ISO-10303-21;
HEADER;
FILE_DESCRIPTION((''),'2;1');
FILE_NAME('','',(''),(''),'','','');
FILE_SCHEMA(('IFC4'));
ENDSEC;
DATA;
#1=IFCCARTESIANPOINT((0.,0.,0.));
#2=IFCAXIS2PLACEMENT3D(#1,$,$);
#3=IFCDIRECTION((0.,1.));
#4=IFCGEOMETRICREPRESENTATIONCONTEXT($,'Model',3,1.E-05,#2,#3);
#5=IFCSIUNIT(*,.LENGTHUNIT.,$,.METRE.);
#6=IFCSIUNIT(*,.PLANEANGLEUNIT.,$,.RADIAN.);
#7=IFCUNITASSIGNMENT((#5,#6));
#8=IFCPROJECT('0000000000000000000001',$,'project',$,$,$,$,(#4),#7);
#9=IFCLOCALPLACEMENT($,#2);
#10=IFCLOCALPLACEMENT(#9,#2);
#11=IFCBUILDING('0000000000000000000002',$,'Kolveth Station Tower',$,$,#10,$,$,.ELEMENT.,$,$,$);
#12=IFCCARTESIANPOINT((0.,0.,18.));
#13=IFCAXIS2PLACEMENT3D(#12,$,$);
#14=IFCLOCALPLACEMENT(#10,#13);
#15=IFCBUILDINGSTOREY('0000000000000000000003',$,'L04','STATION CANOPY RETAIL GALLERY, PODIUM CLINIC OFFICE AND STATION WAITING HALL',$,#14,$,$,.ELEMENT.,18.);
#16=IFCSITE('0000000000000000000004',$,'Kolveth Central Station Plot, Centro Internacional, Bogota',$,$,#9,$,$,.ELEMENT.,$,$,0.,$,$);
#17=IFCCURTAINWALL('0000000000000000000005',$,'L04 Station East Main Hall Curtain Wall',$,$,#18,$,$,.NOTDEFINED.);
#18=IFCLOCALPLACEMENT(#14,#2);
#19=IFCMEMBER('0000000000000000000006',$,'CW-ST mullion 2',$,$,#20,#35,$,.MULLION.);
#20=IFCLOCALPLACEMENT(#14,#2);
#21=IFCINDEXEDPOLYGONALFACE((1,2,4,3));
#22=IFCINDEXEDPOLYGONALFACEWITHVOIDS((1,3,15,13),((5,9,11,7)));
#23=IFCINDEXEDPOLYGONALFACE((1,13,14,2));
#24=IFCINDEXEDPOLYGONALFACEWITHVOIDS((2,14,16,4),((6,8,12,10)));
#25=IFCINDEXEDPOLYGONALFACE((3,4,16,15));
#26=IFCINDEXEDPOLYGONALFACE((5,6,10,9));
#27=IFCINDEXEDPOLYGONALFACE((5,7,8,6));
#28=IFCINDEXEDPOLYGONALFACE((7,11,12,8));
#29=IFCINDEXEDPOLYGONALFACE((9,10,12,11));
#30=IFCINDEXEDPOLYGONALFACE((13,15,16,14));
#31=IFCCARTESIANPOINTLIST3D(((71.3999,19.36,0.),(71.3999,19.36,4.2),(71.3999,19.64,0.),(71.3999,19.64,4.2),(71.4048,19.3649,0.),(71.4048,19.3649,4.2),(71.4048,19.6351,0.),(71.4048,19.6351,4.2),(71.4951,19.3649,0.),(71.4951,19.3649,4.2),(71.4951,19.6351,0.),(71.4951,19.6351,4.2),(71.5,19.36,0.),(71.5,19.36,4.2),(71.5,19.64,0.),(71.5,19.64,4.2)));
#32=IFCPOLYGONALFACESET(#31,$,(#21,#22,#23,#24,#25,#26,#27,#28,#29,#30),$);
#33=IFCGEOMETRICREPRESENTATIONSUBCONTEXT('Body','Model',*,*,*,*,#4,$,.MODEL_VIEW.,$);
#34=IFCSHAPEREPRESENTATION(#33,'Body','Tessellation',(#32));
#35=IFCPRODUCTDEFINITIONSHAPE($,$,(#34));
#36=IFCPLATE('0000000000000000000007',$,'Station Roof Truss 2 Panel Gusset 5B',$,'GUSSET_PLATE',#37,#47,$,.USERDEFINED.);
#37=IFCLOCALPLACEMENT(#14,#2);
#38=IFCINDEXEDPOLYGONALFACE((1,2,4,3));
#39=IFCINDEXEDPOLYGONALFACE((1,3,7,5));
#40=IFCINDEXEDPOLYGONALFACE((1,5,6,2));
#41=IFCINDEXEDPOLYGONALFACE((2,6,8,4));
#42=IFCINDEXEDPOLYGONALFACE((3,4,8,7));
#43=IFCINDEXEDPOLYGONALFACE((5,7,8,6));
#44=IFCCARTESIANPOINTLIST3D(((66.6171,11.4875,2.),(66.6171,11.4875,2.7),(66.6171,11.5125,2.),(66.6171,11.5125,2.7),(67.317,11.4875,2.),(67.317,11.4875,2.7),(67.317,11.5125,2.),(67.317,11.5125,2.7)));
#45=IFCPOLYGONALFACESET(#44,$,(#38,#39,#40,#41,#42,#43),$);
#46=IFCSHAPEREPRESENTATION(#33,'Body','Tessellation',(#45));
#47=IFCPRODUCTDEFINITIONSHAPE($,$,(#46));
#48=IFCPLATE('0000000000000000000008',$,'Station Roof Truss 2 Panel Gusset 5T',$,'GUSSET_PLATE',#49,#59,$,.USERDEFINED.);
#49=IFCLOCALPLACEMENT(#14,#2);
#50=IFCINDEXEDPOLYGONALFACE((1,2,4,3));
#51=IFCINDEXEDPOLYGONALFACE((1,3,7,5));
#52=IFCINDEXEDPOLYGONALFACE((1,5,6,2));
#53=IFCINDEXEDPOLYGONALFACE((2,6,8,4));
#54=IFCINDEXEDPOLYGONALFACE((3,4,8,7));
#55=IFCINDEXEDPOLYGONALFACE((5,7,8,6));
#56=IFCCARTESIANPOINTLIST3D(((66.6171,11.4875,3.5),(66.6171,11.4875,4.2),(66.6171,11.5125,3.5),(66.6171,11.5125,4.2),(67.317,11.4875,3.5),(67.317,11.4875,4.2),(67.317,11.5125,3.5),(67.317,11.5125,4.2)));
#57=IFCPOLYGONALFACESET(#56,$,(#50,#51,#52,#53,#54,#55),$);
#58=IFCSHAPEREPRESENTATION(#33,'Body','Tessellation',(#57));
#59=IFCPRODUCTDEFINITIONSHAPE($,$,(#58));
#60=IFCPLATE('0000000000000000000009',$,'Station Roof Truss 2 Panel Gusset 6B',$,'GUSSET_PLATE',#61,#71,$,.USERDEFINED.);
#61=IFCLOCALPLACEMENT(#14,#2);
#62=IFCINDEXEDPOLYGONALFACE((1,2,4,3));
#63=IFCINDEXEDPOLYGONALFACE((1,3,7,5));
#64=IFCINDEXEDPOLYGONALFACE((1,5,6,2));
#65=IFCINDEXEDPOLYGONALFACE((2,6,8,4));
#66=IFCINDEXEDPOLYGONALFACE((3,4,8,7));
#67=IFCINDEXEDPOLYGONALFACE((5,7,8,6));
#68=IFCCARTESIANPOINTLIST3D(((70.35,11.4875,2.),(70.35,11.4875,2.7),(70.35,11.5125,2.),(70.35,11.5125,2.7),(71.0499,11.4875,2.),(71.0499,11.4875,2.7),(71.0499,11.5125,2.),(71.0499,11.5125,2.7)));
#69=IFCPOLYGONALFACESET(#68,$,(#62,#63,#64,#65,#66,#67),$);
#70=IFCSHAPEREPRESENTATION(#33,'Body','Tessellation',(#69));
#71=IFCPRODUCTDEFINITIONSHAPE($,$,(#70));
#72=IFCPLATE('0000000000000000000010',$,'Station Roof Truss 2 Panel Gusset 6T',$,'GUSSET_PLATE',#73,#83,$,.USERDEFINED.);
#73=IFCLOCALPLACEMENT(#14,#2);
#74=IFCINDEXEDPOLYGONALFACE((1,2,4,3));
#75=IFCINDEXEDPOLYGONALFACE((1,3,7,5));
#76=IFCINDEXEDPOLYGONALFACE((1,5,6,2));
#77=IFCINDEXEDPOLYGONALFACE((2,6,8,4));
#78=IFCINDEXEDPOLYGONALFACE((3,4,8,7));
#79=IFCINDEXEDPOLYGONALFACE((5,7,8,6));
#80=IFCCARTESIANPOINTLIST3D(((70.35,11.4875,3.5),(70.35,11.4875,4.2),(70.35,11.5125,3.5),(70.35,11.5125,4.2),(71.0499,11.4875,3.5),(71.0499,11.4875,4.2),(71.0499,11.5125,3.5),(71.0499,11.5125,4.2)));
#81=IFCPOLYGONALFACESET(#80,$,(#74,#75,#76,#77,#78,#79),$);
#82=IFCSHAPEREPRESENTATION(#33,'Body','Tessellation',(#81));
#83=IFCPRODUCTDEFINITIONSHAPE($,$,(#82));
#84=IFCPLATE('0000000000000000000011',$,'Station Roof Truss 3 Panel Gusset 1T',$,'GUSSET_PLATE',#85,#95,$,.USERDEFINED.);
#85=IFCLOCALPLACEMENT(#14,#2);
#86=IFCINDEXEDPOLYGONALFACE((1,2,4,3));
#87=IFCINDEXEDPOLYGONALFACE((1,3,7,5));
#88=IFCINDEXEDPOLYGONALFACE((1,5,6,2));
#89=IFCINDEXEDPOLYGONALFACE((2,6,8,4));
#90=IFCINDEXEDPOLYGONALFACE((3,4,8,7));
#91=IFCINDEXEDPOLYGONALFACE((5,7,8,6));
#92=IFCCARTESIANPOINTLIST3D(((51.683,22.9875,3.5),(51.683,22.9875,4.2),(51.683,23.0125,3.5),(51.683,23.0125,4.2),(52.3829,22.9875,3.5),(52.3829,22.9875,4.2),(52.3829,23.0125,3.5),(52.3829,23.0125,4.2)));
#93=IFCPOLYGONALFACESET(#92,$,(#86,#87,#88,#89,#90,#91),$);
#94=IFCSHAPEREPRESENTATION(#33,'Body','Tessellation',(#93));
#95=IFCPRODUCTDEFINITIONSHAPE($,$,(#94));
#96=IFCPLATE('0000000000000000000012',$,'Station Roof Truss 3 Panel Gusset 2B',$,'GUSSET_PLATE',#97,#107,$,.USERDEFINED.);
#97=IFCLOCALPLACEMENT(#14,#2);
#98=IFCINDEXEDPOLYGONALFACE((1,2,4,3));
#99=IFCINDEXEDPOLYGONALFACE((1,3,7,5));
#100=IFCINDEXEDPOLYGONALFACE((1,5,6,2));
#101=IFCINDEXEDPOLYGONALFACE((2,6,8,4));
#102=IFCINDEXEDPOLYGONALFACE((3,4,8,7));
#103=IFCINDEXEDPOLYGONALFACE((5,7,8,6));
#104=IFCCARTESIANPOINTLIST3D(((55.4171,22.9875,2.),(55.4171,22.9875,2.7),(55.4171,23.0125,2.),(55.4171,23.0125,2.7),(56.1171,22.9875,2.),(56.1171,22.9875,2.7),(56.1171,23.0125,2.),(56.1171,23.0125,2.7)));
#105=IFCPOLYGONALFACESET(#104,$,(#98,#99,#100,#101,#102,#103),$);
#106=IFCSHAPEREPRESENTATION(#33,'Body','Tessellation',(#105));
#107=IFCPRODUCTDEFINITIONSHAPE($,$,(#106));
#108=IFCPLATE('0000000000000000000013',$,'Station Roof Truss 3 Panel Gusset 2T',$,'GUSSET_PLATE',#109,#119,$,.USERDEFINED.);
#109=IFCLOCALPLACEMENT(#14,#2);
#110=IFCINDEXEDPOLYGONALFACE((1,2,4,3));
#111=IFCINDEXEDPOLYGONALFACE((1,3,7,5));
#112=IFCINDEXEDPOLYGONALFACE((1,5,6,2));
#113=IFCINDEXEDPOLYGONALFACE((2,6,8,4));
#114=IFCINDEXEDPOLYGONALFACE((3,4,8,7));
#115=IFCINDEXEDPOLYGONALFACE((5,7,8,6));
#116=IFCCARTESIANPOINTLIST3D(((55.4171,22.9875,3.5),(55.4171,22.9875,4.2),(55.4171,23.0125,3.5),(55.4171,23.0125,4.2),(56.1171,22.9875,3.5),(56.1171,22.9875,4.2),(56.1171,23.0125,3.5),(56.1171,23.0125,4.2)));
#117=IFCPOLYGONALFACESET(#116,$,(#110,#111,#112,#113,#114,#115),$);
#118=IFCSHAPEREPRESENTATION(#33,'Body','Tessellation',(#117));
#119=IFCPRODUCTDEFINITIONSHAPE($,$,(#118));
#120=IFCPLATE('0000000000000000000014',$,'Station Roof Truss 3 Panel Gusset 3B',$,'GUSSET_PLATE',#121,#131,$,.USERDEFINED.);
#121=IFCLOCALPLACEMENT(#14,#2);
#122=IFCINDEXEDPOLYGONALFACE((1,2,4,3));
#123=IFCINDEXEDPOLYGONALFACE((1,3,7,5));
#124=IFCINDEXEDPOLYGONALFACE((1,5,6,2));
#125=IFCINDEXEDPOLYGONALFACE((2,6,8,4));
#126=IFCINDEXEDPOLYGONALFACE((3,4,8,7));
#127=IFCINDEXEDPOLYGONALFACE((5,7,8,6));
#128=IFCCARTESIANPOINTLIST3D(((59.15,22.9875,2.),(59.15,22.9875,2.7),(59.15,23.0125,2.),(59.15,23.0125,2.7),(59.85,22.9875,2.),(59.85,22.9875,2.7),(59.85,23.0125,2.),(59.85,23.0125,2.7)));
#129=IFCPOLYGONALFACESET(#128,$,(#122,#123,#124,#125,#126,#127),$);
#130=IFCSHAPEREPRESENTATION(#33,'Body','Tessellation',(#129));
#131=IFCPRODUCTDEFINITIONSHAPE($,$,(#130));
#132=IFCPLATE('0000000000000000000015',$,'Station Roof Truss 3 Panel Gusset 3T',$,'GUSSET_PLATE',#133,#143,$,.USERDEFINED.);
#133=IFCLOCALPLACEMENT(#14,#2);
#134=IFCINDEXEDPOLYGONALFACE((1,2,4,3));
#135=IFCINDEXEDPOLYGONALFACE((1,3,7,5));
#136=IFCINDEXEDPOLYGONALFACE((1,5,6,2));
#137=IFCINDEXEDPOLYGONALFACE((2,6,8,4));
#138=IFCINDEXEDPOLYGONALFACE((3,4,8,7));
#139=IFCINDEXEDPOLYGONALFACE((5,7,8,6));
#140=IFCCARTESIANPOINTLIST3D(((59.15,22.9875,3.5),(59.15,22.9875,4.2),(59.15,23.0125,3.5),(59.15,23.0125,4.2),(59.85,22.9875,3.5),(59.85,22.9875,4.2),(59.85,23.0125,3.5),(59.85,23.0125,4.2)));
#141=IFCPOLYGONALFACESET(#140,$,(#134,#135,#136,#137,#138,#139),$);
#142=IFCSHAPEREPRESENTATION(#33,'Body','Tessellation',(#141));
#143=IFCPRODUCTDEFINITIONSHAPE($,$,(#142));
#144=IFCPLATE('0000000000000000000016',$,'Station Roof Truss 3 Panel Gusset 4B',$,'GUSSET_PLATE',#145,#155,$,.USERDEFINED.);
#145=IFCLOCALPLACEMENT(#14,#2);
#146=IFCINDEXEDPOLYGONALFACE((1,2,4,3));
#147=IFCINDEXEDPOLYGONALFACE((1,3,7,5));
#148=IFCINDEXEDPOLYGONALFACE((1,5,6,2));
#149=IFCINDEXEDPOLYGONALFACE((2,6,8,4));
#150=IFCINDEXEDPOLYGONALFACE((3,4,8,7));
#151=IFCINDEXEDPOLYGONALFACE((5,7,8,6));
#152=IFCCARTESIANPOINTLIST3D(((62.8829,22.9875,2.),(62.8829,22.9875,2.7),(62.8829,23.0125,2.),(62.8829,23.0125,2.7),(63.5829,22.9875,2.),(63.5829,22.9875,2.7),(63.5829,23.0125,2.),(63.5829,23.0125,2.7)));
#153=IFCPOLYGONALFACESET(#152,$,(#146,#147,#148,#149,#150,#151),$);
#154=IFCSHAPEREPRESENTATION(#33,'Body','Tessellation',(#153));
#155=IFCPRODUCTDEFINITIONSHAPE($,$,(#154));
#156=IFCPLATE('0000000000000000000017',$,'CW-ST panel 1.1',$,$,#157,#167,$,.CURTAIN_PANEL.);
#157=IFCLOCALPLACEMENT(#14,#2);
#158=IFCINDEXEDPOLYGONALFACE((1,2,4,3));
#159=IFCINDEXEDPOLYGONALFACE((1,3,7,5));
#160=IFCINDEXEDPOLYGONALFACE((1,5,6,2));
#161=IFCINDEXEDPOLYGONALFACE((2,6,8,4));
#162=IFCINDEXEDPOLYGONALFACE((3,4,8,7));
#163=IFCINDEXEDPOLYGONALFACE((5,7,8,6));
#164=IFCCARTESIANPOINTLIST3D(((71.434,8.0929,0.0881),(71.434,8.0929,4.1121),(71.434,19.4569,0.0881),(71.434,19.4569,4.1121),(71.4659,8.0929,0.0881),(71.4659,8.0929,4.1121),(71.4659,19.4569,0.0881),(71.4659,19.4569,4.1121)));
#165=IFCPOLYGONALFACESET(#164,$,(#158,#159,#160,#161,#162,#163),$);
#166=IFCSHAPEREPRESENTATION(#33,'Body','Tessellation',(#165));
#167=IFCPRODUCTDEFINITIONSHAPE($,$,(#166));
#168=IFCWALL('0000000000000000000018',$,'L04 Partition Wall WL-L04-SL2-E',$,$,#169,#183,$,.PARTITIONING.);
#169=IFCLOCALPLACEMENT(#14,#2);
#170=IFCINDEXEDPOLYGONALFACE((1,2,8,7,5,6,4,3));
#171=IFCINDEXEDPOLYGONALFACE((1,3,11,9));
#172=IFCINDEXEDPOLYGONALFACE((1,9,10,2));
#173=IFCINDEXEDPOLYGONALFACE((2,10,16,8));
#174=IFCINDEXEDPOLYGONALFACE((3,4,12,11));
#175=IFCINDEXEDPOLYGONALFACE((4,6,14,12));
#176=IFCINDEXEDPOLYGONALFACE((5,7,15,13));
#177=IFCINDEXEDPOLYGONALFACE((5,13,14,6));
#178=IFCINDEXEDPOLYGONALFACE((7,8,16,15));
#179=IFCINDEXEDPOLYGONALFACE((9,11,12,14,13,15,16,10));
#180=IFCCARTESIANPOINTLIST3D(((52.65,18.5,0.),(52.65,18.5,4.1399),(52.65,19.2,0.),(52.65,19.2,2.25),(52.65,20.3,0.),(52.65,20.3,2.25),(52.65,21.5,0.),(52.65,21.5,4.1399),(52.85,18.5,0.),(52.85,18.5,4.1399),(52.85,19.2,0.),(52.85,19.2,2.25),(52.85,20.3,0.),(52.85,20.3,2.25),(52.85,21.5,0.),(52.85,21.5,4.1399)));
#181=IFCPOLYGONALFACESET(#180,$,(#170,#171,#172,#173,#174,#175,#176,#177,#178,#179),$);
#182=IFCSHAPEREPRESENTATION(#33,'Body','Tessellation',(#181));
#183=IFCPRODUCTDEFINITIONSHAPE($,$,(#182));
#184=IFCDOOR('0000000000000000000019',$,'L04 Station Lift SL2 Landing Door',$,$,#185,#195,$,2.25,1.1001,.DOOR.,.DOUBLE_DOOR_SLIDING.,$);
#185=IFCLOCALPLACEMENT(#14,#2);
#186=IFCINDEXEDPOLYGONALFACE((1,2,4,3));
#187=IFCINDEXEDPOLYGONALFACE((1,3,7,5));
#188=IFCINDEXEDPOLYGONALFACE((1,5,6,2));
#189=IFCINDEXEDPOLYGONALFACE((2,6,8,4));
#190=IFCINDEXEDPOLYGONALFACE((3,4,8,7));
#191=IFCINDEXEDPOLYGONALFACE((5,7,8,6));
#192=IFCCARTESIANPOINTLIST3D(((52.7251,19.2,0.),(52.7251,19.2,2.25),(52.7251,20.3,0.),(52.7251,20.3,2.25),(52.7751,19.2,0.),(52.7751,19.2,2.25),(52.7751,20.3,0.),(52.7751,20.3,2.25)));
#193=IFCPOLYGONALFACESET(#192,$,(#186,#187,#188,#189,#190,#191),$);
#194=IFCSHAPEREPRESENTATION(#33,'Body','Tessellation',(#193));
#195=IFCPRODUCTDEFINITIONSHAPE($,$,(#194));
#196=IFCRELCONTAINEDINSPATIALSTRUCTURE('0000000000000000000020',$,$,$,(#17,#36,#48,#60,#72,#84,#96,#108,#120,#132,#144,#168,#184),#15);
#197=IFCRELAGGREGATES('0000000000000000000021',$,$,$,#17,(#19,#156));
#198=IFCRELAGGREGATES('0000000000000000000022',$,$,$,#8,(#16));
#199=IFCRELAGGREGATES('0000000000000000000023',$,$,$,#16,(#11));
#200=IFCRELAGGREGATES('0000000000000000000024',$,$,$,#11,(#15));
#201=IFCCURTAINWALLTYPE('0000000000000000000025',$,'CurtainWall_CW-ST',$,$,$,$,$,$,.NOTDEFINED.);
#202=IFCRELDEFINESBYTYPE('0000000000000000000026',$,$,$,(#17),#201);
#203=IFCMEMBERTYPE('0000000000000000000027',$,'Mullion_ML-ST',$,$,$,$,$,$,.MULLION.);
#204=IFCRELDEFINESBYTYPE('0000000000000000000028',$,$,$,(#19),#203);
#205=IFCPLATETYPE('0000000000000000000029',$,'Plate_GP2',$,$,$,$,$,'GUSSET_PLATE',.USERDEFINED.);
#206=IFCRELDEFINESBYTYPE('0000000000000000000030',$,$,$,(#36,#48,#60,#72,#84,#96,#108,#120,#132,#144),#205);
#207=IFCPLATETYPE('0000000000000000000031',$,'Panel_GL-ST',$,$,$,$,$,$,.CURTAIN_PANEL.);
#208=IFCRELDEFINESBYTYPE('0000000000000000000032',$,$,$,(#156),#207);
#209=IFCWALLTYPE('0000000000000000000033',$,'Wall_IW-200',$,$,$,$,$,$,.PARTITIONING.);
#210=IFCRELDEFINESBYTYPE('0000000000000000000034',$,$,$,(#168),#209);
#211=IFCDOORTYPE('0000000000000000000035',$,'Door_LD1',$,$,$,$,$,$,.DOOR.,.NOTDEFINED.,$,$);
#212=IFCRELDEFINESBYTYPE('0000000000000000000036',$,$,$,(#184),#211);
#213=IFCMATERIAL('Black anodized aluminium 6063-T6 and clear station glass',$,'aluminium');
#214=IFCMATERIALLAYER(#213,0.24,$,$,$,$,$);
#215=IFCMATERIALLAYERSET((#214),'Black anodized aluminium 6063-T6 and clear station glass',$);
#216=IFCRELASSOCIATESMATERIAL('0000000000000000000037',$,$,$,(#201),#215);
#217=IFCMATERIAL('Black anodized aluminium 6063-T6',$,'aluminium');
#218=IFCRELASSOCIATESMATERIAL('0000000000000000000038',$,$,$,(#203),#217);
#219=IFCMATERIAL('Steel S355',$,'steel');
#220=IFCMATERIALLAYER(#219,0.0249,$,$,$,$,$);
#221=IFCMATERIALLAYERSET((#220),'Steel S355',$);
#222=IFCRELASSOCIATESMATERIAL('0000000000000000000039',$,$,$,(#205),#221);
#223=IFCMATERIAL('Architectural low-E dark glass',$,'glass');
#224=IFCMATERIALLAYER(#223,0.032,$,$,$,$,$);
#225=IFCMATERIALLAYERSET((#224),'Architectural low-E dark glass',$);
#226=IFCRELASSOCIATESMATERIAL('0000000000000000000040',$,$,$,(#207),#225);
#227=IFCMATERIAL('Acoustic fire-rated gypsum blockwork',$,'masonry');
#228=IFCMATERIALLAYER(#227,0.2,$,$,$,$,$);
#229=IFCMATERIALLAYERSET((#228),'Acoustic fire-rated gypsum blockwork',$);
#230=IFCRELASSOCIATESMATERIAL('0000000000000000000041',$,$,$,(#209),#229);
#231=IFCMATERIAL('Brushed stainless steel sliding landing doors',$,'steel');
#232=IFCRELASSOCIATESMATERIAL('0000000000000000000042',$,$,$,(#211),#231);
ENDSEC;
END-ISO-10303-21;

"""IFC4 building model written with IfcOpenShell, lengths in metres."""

from ifc_helpers import new_model, si_unit, direction, frame, frame_2d, origin, origin_2d, place, context, subcontext, project, spatial, rectangle, hollow_rectangle, extrude, source, transform, mapped, material, layer, layer_set, material_profile, profile_set, type_object, element, fill, aggregate, save


model = new_model("IFC4")

# Units and contexts
model_context = context("Model", 3, precision=1e-05, world=origin(), true_north=direction((0.0, 1.0)))
body_context = subcontext(model_context, "Body", "Model", "MODEL_VIEW")
ifc_project = project(units=[si_unit("LENGTHUNIT", "METRE"), si_unit("PLANEANGLEUNIT", "RADIAN")], contexts=[model_context])

# Site, building, storey
site_placement = place(None, origin())
site = spatial("IfcSite", under=ifc_project, at=site_placement, Name="Kolveth Central Station Plot, Centro Internacional, Bogota", CompositionType="ELEMENT", RefElevation=0.0)
building_placement = place(site_placement, origin())
building = spatial("IfcBuilding", under=site, at=building_placement, Name="Kolveth Station Tower", CompositionType="ELEMENT")
storey_placement = place(building_placement, frame((0.0, 0.0, 18.0)))
storey = spatial("IfcBuildingStorey", under=building, at=storey_placement, Name="L04", Description="STATION CANOPY RETAIL GALLERY, PODIUM CLINIC OFFICE AND STATION WAITING HALL", CompositionType="ELEMENT", Elevation=18.0)

# Shared definitions
ifc_material_1 = material(Name="Steel S355", Category="steel")

# Curtain wall, member
ifc_material_2 = material(Name="Black anodized aluminium 6063-T6 and clear station glass", Category="aluminium")
ifc_layer_1 = layer(ifc_material_2, 0.24)
ifc_layer_set_1 = layer_set([ifc_layer_1], Name="Black anodized aluminium 6063-T6 and clear station glass")
curtain_wall_type = type_object("IfcCurtainWallType", Name="CurtainWall_CW-ST", PredefinedType="NOTDEFINED", material=ifc_layer_set_1)
curtain_wall_placement = place(storey_placement, origin())
curtain_wall = element("IfcCurtainWall", 1, at=curtain_wall_placement, inside=storey, type_object=curtain_wall_type, Name="L04 Station East Main Hall Curtain Wall", PredefinedType="NOTDEFINED")
ifc_material_3 = material(Name="Black anodized aluminium 6063-T6", Category="aluminium")
ifc_material_profile_1 = material_profile(ifc_material_3, hollow_rectangle(XDim=0.1001, YDim=0.28, WallThickness=0.0049, at=origin_2d()), Name="ALU-100x280x5")
ifc_profile_set_1 = profile_set([ifc_material_profile_1], Name="Black anodized aluminium 6063-T6")
member_type_1 = type_object("IfcMemberType", Name="Mullion_ML-ST", PredefinedType="MULLION", material=ifc_profile_set_1)
shared_shape_1 = source(origin(), body_context, "Body", "SweptSolid", [
    extrude(hollow_rectangle(XDim=0.1001, YDim=0.28, WallThickness=0.0049, at=origin_2d()), origin(), (0.0, 0.0, 1.0), 4.2),
])
member_1_placement = place(storey_placement, frame((71.45, 19.5, 0.0), z_axis=(0.0, 0.0, 1.0), x_axis=(-1.0, 0.0, 0.0)))
member_1 = element("IfcMember", 2, at=member_1_placement, type_object=member_type_1, Name="CW-ST mullion 2", PredefinedType="MULLION", context=body_context, shape_type="MappedRepresentation", body=[
    mapped(shared_shape_1, transform((0.0, 0.0, 0.0), x_axis=(1.0, 0.0, 0.0), y_axis=(0.0, 1.0, 0.0), z_axis=(0.0, 0.0, 1.0), scale=1.0)),
])

# Plates
ifc_layer_2 = layer(ifc_material_1, 0.0249)
ifc_layer_set_2 = layer_set([ifc_layer_2], Name="Steel S355")
plate_type_1 = type_object("IfcPlateType", Name="Plate_GP2", ElementType="GUSSET_PLATE", PredefinedType="USERDEFINED", material=ifc_layer_set_2)
shared_shape_2 = source(origin(), body_context, "Body", "SweptSolid", [
    extrude(rectangle(XDim=0.7, YDim=0.0249, at=origin_2d()), origin(), (0.0, 0.0, 1.0), 0.7),
])
for number, where, z_axis, x_axis, name in (
    (3, (66.967, 11.5, 2.0), (0.0, 0.0, 1.0), (1.0, 0.0, 0.0), "Station Roof Truss 2 Panel Gusset 5B"),
    (4, (66.967, 11.5, 3.5), (0.0, 0.0, 1.0), (1.0, 0.0, 0.0), "Station Roof Truss 2 Panel Gusset 5T"),
    (5, (70.7, 11.5, 2.0), (0.0, 0.0, 1.0), (1.0, 0.0, 0.0), "Station Roof Truss 2 Panel Gusset 6B"),
    (6, (70.7, 11.5, 3.5), (0.0, 0.0, 1.0), (1.0, 0.0, 0.0), "Station Roof Truss 2 Panel Gusset 6T"),
    (7, (52.033, 23.0, 3.5), (0.0, 0.0, 1.0), (1.0, 0.0, 0.0), "Station Roof Truss 3 Panel Gusset 1T"),
    (8, (55.7671, 23.0, 2.0), (0.0, 0.0, 1.0), (1.0, 0.0, 0.0), "Station Roof Truss 3 Panel Gusset 2B"),
    (9, (55.7671, 23.0, 3.5), (0.0, 0.0, 1.0), (1.0, 0.0, 0.0), "Station Roof Truss 3 Panel Gusset 2T"),
    (10, (59.5, 23.0, 2.0), (0.0, 0.0, 1.0), (1.0, 0.0, 0.0), "Station Roof Truss 3 Panel Gusset 3B"),
    (11, (59.5, 23.0, 3.5), (0.0, 0.0, 1.0), (1.0, 0.0, 0.0), "Station Roof Truss 3 Panel Gusset 3T"),
    (12, (63.2329, 23.0, 2.0), (0.0, 0.0, 1.0), (1.0, 0.0, 0.0), "Station Roof Truss 3 Panel Gusset 4B"),
):
    element("IfcPlate", number, at=place(storey_placement, frame(where, z_axis=z_axis, x_axis=x_axis)), inside=storey, type_object=plate_type_1, Name=name, ObjectType="GUSSET_PLATE", PredefinedType="USERDEFINED", context=body_context, shape_type="MappedRepresentation", body=[
        mapped(shared_shape_2, transform((0.0, 0.0, 0.0), x_axis=(1.0, 0.0, 0.0), y_axis=(0.0, 1.0, 0.0), z_axis=(0.0, 0.0, 1.0), scale=1.0)),
    ])

# Plate
ifc_material_4 = material(Name="Architectural low-E dark glass", Category="glass")
ifc_layer_3 = layer(ifc_material_4, 0.032)
ifc_layer_set_3 = layer_set([ifc_layer_3], Name="Architectural low-E dark glass")
plate_type_2 = type_object("IfcPlateType", Name="Panel_GL-ST", PredefinedType="CURTAIN_PANEL", material=ifc_layer_set_3)
shared_shape_3 = source(origin(), body_context, "Body", "SweptSolid", [
    extrude(rectangle(XDim=11.364, YDim=0.032, at=origin_2d()), origin(), (0.0, 0.0, 1.0), 4.0239),
])
plate_placement = place(storey_placement, frame((71.45, 13.7749, 0.0881), z_axis=(0.0, 0.0, 1.0), x_axis=(0.0, 1.0, 0.0)))
plate = element("IfcPlate", 13, at=plate_placement, type_object=plate_type_2, Name="CW-ST panel 1.1", PredefinedType="CURTAIN_PANEL", context=body_context, shape_type="MappedRepresentation", body=[
    mapped(shared_shape_3, transform((0.0, 0.0, 0.0), x_axis=(1.0, 0.0, 0.0), y_axis=(0.0, 1.0, 0.0), z_axis=(0.0, 0.0, 1.0), scale=1.0)),
])
aggregate(curtain_wall, [member_1, plate])

# Wall, opening, door
ifc_material_5 = material(Name="Acoustic fire-rated gypsum blockwork", Category="masonry")
ifc_layer_4 = layer(ifc_material_5, 0.2)
ifc_layer_set_4 = layer_set([ifc_layer_4], Name="Acoustic fire-rated gypsum blockwork")
wall_type = type_object("IfcWallType", Name="Wall_IW-200", PredefinedType="PARTITIONING", material=ifc_layer_set_4)
wall_placement = place(storey_placement, frame((52.75, 18.5, 0.0), z_axis=(0.0, 0.0, 1.0), x_axis=(0.0, 1.0, 0.0)))
wall = element("IfcWall", 14, at=wall_placement, inside=storey, type_object=wall_type, Name="L04 Partition Wall WL-L04-SL2-E", PredefinedType="PARTITIONING", context=body_context, shape_type="SweptSolid", body=[
    extrude(rectangle(XDim=3.0, YDim=0.2, at=frame_2d((1.5, 0.0))), origin(), (0.0, 0.0, 1.0), 4.1399),
])
opening_placement = place(wall_placement, frame((0.7, 0.0, 0.0)))
opening = element("IfcOpeningElement", 15, at=opening_placement, cuts=wall, PredefinedType="OPENING", context=body_context, shape_type="SweptSolid", body=[
    extrude(rectangle(XDim=1.1001, YDim=2.25, at=frame_2d((0.55, 1.125))), frame((0.0, 0.1099, 0.0), z_axis=(0.0, -1.0, 0.0), x_axis=(1.0, 0.0, 0.0)), (0.0, 0.0, 1.0), 0.22),
])
ifc_material_6 = material(Name="Brushed stainless steel sliding landing doors", Category="steel")
door_type = type_object("IfcDoorType", Name="Door_LD1", OperationType="NOTDEFINED", PredefinedType="DOOR", material=ifc_material_6)
door_placement = place(opening_placement, origin())
door = element("IfcDoor", 16, at=door_placement, inside=storey, type_object=door_type, Name="L04 Station Lift SL2 Landing Door", OperationType="DOUBLE_DOOR_SLIDING", OverallHeight=2.25, OverallWidth=1.1001, PredefinedType="DOOR", context=body_context, shape_type="SweptSolid", body=[
    extrude(rectangle(XDim=1.1001, YDim=2.25, at=frame_2d((0.55, 1.125))), frame((0.0, 0.0249, 0.0), z_axis=(0.0, -1.0, 0.0), x_axis=(1.0, 0.0, 0.0)), (0.0, 0.0, 1.0), 0.05),
])
fill(opening, door)

save(model, "model.ifc")
